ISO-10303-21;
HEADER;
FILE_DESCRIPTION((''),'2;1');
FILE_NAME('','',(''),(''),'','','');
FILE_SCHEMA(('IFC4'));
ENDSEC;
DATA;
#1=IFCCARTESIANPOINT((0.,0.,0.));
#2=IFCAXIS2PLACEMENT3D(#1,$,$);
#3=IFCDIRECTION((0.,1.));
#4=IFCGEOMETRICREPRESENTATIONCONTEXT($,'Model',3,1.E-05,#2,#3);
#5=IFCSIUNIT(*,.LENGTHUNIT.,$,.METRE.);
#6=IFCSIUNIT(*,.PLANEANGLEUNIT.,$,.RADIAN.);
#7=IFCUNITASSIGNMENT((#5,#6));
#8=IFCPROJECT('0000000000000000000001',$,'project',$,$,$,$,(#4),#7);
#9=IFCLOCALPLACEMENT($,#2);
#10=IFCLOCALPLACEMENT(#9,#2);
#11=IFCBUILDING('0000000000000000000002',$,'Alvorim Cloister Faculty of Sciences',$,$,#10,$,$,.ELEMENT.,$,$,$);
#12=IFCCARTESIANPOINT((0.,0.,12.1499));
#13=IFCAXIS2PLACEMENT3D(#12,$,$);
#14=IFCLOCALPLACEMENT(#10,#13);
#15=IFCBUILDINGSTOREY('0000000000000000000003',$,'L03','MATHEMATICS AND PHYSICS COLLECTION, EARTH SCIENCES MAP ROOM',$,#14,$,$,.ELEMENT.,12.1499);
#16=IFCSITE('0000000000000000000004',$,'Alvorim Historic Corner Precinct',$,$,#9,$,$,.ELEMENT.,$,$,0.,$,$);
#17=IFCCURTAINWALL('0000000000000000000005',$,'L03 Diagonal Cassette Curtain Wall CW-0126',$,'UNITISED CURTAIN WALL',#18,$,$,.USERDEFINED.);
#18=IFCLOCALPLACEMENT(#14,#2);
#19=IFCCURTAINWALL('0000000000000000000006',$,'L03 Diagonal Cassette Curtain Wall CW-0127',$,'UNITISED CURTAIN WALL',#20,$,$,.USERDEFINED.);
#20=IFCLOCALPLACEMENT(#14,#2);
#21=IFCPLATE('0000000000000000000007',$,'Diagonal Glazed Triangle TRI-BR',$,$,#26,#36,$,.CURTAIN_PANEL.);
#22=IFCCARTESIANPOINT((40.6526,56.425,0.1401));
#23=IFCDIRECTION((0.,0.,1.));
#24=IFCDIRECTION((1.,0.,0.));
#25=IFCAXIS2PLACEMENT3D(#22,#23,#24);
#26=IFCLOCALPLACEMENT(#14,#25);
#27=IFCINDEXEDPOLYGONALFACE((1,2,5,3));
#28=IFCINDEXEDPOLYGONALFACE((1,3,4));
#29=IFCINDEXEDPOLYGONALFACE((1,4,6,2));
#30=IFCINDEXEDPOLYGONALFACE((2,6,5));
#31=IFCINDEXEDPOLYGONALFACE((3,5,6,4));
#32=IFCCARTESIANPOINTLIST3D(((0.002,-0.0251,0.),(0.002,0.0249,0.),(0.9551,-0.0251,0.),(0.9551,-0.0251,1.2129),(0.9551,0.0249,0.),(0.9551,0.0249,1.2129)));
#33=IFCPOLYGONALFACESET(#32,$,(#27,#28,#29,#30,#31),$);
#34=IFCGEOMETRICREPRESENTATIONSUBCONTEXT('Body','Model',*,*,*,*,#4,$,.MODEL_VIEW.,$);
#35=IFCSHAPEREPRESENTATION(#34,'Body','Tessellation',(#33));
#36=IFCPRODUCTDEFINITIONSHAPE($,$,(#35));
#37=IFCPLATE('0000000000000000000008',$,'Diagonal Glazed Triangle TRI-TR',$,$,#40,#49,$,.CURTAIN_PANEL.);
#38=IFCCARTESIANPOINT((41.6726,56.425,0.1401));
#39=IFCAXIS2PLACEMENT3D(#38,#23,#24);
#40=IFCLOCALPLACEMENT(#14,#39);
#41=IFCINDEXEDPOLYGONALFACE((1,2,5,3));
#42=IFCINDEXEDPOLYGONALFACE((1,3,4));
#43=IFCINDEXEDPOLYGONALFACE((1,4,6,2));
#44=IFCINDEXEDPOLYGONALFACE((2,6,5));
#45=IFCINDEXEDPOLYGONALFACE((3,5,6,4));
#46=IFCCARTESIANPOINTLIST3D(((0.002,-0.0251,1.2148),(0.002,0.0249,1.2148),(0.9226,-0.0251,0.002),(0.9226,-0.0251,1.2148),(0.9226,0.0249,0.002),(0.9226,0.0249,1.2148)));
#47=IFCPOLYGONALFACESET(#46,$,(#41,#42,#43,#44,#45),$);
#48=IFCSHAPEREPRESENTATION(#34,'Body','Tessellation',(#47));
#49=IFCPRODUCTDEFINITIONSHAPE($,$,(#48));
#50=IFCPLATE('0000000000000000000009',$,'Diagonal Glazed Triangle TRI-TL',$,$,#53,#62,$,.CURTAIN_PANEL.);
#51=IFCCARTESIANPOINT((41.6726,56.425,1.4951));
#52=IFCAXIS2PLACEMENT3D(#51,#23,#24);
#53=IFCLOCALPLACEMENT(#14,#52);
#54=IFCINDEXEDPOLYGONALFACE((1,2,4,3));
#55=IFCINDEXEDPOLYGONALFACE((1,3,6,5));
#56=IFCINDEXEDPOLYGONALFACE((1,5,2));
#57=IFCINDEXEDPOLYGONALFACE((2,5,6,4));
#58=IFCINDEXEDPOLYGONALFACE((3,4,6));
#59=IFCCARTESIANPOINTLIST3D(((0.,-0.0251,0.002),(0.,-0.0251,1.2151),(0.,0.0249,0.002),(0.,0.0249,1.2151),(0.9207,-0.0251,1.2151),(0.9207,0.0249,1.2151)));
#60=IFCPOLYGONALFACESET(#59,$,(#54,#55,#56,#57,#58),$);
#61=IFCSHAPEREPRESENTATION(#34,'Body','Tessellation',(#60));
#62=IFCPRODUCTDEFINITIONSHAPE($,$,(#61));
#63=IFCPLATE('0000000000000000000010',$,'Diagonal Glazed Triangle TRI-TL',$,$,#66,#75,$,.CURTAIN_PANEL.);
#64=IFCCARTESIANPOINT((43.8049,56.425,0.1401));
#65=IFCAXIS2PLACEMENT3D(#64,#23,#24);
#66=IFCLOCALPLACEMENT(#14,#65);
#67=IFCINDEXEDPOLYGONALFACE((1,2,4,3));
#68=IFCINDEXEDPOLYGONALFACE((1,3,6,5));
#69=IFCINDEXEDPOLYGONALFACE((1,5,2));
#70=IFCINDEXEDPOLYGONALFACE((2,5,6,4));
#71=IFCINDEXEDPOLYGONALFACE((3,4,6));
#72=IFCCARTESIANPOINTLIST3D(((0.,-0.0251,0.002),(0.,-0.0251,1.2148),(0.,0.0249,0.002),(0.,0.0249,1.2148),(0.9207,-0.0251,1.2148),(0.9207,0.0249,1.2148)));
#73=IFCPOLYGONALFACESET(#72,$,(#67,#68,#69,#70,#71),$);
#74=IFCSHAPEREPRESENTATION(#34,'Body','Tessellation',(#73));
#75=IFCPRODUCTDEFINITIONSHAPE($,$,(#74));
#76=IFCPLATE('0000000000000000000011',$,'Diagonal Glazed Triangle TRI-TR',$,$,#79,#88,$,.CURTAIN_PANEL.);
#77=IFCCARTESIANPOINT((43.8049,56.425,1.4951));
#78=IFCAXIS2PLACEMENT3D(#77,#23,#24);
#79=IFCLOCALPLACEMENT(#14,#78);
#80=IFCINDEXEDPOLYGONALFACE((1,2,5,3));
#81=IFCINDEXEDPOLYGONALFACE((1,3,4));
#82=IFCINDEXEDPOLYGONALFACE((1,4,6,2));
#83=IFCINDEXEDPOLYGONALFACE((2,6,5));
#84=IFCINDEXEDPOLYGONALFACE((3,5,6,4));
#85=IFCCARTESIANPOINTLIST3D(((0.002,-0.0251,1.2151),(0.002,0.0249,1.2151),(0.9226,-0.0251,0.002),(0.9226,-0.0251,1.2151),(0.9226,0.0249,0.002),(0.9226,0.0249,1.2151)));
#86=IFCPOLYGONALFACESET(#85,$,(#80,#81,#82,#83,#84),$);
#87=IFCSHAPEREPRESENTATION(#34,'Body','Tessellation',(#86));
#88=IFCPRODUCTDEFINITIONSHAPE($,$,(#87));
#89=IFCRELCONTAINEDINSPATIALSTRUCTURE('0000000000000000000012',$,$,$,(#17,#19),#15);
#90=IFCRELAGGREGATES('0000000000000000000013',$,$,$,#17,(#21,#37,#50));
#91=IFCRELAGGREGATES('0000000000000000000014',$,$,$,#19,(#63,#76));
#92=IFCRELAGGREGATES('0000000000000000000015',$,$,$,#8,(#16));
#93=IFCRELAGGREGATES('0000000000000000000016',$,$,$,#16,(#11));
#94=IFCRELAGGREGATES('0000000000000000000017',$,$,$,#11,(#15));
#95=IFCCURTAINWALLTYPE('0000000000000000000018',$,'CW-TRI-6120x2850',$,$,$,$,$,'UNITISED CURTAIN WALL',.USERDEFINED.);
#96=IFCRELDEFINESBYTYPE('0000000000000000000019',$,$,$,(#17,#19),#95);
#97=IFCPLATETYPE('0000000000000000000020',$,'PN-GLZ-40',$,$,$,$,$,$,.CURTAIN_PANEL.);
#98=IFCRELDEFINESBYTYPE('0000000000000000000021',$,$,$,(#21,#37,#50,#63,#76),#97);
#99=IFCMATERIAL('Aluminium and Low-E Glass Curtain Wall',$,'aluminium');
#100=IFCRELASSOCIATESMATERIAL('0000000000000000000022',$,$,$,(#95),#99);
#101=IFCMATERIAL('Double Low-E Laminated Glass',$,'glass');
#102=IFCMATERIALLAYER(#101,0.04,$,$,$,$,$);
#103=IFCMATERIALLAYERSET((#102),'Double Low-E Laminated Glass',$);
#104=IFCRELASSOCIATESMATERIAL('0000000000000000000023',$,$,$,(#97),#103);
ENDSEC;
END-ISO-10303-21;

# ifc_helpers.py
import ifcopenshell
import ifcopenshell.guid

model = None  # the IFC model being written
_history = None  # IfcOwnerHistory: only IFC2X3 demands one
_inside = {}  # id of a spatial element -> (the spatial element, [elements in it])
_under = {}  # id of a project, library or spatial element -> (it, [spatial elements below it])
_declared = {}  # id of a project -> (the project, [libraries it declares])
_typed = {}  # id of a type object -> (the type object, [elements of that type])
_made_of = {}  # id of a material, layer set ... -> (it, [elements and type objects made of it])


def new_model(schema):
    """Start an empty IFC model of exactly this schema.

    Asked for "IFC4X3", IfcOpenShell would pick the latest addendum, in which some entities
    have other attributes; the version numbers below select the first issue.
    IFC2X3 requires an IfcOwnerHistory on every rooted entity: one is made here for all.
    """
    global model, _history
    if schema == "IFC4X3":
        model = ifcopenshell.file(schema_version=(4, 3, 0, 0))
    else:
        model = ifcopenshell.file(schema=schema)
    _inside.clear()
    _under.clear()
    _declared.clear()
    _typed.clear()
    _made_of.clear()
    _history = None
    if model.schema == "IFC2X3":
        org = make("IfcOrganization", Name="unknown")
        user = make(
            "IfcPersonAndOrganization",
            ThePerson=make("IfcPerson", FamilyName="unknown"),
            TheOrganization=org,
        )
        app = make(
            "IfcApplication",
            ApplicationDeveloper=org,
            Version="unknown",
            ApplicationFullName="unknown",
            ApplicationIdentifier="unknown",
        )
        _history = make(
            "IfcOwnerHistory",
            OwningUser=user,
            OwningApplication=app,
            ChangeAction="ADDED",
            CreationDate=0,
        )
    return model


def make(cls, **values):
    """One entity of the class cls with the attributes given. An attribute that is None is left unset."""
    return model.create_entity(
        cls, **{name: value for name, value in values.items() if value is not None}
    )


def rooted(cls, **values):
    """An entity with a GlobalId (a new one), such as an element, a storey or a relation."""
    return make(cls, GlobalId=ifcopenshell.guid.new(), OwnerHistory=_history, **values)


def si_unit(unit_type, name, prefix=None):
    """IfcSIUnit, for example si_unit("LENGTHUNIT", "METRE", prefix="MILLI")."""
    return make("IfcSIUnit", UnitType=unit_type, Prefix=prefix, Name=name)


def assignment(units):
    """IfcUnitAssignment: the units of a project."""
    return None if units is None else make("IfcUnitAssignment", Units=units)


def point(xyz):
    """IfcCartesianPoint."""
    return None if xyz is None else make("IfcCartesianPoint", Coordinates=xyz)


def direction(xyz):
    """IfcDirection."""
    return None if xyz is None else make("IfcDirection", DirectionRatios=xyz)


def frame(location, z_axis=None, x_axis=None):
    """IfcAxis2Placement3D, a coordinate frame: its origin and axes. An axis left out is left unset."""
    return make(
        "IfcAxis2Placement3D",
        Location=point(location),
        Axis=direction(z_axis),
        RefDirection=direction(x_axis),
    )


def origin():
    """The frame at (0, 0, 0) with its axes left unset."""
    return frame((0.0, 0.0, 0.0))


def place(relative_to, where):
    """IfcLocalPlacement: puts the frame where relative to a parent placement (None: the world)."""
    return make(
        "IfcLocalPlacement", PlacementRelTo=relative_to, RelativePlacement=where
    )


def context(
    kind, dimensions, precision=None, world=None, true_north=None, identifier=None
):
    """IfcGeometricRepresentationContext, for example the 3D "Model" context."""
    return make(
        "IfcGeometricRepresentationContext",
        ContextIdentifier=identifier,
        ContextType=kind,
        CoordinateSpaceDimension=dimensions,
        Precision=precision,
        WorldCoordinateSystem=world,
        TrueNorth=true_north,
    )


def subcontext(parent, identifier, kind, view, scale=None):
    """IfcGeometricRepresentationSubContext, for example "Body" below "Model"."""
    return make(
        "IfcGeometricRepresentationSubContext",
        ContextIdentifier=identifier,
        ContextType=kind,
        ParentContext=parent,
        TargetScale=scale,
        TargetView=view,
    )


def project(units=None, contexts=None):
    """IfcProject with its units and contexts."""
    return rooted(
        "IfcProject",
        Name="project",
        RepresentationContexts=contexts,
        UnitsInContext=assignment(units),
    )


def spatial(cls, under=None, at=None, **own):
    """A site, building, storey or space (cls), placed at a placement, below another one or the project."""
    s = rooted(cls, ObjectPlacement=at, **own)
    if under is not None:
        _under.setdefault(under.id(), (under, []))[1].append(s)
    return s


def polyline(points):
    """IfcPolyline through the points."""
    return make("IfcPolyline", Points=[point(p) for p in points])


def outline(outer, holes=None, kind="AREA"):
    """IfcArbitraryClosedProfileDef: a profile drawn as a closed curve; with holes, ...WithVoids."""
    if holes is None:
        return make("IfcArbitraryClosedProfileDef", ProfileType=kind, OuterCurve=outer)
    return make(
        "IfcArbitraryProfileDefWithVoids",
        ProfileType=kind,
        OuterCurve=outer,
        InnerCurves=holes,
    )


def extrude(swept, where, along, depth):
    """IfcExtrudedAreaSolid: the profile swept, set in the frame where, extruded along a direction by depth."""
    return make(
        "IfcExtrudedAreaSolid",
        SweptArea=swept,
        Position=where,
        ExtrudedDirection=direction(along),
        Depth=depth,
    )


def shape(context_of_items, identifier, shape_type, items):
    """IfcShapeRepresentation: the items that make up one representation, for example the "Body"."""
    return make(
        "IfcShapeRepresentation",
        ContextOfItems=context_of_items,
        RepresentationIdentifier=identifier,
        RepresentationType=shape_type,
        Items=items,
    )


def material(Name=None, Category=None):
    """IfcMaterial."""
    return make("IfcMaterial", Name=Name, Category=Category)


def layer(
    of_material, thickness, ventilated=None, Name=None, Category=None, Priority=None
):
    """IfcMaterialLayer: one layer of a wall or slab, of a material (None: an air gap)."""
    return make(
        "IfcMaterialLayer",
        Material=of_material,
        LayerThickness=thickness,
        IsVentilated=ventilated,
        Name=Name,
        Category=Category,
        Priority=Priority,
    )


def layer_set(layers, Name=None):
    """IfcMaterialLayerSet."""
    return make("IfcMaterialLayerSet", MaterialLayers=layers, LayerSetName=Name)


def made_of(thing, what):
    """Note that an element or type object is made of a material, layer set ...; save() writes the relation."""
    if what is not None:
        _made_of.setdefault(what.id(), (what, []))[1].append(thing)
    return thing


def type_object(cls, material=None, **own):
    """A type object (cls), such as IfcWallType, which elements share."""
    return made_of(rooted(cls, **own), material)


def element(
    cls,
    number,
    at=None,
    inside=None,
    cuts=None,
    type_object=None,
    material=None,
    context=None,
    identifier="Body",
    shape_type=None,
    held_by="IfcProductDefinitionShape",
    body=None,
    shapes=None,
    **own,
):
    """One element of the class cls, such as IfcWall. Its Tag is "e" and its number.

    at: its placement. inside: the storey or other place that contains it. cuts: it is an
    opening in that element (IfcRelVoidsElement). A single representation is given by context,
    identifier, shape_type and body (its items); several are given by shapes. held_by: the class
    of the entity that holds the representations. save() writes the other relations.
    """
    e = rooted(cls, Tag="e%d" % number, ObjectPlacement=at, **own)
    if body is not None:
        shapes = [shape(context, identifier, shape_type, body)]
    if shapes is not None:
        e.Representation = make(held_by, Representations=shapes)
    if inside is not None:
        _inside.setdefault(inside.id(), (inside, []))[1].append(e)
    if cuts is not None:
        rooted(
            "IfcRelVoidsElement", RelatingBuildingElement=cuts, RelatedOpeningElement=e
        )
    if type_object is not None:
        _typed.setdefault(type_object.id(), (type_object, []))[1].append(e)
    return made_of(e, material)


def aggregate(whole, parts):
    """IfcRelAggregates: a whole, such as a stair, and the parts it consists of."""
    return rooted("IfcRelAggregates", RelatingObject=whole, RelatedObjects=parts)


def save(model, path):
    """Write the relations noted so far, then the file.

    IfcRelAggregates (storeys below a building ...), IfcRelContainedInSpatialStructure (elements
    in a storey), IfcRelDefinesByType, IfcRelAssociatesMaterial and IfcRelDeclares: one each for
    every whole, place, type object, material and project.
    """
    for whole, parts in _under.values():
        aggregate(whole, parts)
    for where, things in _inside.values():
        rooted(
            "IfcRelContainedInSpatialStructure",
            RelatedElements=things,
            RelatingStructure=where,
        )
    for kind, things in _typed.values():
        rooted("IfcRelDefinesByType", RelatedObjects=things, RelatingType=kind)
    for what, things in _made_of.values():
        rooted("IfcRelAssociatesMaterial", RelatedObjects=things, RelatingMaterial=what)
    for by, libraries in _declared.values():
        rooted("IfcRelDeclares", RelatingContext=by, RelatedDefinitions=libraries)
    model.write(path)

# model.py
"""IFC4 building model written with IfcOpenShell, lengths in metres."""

from ifc_helpers import new_model, si_unit, direction, frame, origin, place, context, subcontext, project, spatial, polyline, outline, extrude, material, layer, layer_set, type_object, element, aggregate, save


model = new_model("IFC4")

# Units and contexts
model_context = context("Model", 3, precision=1e-05, world=origin(), true_north=direction((0.0, 1.0)))
body_context = subcontext(model_context, "Body", "Model", "MODEL_VIEW")
ifc_project = project(units=[si_unit("LENGTHUNIT", "METRE"), si_unit("PLANEANGLEUNIT", "RADIAN")], contexts=[model_context])

# Site, building, storey
site_placement = place(None, origin())
site = spatial("IfcSite", under=ifc_project, at=site_placement, Name="Alvorim Historic Corner Precinct", CompositionType="ELEMENT", RefElevation=0.0)
building_placement = place(site_placement, origin())
building = spatial("IfcBuilding", under=site, at=building_placement, Name="Alvorim Cloister Faculty of Sciences", CompositionType="ELEMENT")
storey_placement = place(building_placement, frame((0.0, 0.0, 12.1499)))
storey = spatial("IfcBuildingStorey", under=building, at=storey_placement, Name="L03", Description="MATHEMATICS AND PHYSICS COLLECTION, EARTH SCIENCES MAP ROOM", CompositionType="ELEMENT", Elevation=12.1499)

# Curtain walls
ifc_material_1 = material(Name="Aluminium and Low-E Glass Curtain Wall", Category="aluminium")
curtain_wall_type = type_object("IfcCurtainWallType", Name="CW-TRI-6120x2850", ElementType="UNITISED CURTAIN WALL", PredefinedType="USERDEFINED", material=ifc_material_1)
curtain_wall_1_placement = place(storey_placement, origin())
curtain_wall_1 = element("IfcCurtainWall", 1, at=curtain_wall_1_placement, inside=storey, type_object=curtain_wall_type, Name="L03 Diagonal Cassette Curtain Wall CW-0126", ObjectType="UNITISED CURTAIN WALL", PredefinedType="USERDEFINED")
curtain_wall_2_placement = place(storey_placement, origin())
curtain_wall_2 = element("IfcCurtainWall", 2, at=curtain_wall_2_placement, inside=storey, type_object=curtain_wall_type, Name="L03 Diagonal Cassette Curtain Wall CW-0127", ObjectType="UNITISED CURTAIN WALL", PredefinedType="USERDEFINED")

# Plates
ifc_material_2 = material(Name="Double Low-E Laminated Glass", Category="glass")
ifc_layer_1 = layer(ifc_material_2, 0.04)
ifc_layer_set_1 = layer_set([ifc_layer_1], Name="Double Low-E Laminated Glass")
plate_type = type_object("IfcPlateType", Name="PN-GLZ-40", PredefinedType="CURTAIN_PANEL", material=ifc_layer_set_1)
plate_1_placement = place(storey_placement, frame((40.6526, 56.425, 0.1401), z_axis=(0.0, 0.0, 1.0), x_axis=(1.0, 0.0, 0.0)))
plate_1 = element("IfcPlate", 3, at=plate_1_placement, type_object=plate_type, Name="Diagonal Glazed Triangle TRI-BR", PredefinedType="CURTAIN_PANEL", context=body_context, shape_type="SweptSolid", body=[
    extrude(outline(polyline([(0.002, 0.0), (0.9551, 0.0), (0.9551, 1.2129), (0.002, 0.0)])), frame((0.0, 0.0249, 0.0), z_axis=(0.0, -1.0, 0.0), x_axis=(1.0, 0.0, 0.0)), (0.0, 0.0, 1.0), 0.05),
])
plate_2_placement = place(storey_placement, frame((41.6726, 56.425, 0.1401), z_axis=(0.0, 0.0, 1.0), x_axis=(1.0, 0.0, 0.0)))
plate_2 = element("IfcPlate", 4, at=plate_2_placement, type_object=plate_type, Name="Diagonal Glazed Triangle TRI-TR", PredefinedType="CURTAIN_PANEL", context=body_context, shape_type="SweptSolid", body=[
    extrude(outline(polyline([(0.9226, 0.002), (0.9226, 1.2148), (0.002, 1.2148), (0.9226, 0.002)])), frame((0.0, 0.0249, 0.0), z_axis=(0.0, -1.0, 0.0), x_axis=(1.0, 0.0, 0.0)), (0.0, 0.0, 1.0), 0.05),
])
plate_3_placement = place(storey_placement, frame((41.6726, 56.425, 1.4951), z_axis=(0.0, 0.0, 1.0), x_axis=(1.0, 0.0, 0.0)))
plate_3 = element("IfcPlate", 5, at=plate_3_placement, type_object=plate_type, Name="Diagonal Glazed Triangle TRI-TL", PredefinedType="CURTAIN_PANEL", context=body_context, shape_type="SweptSolid", body=[
    extrude(outline(polyline([(0.9207, 1.2151), (0.0, 1.2151), (0.0, 0.002), (0.9207, 1.2151)])), frame((0.0, 0.0249, 0.0), z_axis=(0.0, -1.0, 0.0), x_axis=(1.0, 0.0, 0.0)), (0.0, 0.0, 1.0), 0.05),
])
aggregate(curtain_wall_1, [plate_1, plate_2, plate_3])
plate_4_placement = place(storey_placement, frame((43.8049, 56.425, 0.1401), z_axis=(0.0, 0.0, 1.0), x_axis=(1.0, 0.0, 0.0)))
plate_4 = element("IfcPlate", 6, at=plate_4_placement, type_object=plate_type, Name="Diagonal Glazed Triangle TRI-TL", PredefinedType="CURTAIN_PANEL", context=body_context, shape_type="SweptSolid", body=[
    extrude(outline(polyline([(0.9207, 1.2148), (0.0, 1.2148), (0.0, 0.002), (0.9207, 1.2148)])), frame((0.0, 0.0249, 0.0), z_axis=(0.0, -1.0, 0.0), x_axis=(1.0, 0.0, 0.0)), (0.0, 0.0, 1.0), 0.05),
])
plate_5_placement = place(storey_placement, frame((43.8049, 56.425, 1.4951), z_axis=(0.0, 0.0, 1.0), x_axis=(1.0, 0.0, 0.0)))
plate_5 = element("IfcPlate", 7, at=plate_5_placement, type_object=plate_type, Name="Diagonal Glazed Triangle TRI-TR", PredefinedType="CURTAIN_PANEL", context=body_context, shape_type="SweptSolid", body=[
    extrude(outline(polyline([(0.9226, 0.002), (0.9226, 1.2151), (0.002, 1.2151), (0.9226, 0.002)])), frame((0.0, 0.0249, 0.0), z_axis=(0.0, -1.0, 0.0), x_axis=(1.0, 0.0, 0.0)), (0.0, 0.0, 1.0), 0.05),
])
aggregate(curtain_wall_2, [plate_4, plate_5])

save(model, "model.ifc")
